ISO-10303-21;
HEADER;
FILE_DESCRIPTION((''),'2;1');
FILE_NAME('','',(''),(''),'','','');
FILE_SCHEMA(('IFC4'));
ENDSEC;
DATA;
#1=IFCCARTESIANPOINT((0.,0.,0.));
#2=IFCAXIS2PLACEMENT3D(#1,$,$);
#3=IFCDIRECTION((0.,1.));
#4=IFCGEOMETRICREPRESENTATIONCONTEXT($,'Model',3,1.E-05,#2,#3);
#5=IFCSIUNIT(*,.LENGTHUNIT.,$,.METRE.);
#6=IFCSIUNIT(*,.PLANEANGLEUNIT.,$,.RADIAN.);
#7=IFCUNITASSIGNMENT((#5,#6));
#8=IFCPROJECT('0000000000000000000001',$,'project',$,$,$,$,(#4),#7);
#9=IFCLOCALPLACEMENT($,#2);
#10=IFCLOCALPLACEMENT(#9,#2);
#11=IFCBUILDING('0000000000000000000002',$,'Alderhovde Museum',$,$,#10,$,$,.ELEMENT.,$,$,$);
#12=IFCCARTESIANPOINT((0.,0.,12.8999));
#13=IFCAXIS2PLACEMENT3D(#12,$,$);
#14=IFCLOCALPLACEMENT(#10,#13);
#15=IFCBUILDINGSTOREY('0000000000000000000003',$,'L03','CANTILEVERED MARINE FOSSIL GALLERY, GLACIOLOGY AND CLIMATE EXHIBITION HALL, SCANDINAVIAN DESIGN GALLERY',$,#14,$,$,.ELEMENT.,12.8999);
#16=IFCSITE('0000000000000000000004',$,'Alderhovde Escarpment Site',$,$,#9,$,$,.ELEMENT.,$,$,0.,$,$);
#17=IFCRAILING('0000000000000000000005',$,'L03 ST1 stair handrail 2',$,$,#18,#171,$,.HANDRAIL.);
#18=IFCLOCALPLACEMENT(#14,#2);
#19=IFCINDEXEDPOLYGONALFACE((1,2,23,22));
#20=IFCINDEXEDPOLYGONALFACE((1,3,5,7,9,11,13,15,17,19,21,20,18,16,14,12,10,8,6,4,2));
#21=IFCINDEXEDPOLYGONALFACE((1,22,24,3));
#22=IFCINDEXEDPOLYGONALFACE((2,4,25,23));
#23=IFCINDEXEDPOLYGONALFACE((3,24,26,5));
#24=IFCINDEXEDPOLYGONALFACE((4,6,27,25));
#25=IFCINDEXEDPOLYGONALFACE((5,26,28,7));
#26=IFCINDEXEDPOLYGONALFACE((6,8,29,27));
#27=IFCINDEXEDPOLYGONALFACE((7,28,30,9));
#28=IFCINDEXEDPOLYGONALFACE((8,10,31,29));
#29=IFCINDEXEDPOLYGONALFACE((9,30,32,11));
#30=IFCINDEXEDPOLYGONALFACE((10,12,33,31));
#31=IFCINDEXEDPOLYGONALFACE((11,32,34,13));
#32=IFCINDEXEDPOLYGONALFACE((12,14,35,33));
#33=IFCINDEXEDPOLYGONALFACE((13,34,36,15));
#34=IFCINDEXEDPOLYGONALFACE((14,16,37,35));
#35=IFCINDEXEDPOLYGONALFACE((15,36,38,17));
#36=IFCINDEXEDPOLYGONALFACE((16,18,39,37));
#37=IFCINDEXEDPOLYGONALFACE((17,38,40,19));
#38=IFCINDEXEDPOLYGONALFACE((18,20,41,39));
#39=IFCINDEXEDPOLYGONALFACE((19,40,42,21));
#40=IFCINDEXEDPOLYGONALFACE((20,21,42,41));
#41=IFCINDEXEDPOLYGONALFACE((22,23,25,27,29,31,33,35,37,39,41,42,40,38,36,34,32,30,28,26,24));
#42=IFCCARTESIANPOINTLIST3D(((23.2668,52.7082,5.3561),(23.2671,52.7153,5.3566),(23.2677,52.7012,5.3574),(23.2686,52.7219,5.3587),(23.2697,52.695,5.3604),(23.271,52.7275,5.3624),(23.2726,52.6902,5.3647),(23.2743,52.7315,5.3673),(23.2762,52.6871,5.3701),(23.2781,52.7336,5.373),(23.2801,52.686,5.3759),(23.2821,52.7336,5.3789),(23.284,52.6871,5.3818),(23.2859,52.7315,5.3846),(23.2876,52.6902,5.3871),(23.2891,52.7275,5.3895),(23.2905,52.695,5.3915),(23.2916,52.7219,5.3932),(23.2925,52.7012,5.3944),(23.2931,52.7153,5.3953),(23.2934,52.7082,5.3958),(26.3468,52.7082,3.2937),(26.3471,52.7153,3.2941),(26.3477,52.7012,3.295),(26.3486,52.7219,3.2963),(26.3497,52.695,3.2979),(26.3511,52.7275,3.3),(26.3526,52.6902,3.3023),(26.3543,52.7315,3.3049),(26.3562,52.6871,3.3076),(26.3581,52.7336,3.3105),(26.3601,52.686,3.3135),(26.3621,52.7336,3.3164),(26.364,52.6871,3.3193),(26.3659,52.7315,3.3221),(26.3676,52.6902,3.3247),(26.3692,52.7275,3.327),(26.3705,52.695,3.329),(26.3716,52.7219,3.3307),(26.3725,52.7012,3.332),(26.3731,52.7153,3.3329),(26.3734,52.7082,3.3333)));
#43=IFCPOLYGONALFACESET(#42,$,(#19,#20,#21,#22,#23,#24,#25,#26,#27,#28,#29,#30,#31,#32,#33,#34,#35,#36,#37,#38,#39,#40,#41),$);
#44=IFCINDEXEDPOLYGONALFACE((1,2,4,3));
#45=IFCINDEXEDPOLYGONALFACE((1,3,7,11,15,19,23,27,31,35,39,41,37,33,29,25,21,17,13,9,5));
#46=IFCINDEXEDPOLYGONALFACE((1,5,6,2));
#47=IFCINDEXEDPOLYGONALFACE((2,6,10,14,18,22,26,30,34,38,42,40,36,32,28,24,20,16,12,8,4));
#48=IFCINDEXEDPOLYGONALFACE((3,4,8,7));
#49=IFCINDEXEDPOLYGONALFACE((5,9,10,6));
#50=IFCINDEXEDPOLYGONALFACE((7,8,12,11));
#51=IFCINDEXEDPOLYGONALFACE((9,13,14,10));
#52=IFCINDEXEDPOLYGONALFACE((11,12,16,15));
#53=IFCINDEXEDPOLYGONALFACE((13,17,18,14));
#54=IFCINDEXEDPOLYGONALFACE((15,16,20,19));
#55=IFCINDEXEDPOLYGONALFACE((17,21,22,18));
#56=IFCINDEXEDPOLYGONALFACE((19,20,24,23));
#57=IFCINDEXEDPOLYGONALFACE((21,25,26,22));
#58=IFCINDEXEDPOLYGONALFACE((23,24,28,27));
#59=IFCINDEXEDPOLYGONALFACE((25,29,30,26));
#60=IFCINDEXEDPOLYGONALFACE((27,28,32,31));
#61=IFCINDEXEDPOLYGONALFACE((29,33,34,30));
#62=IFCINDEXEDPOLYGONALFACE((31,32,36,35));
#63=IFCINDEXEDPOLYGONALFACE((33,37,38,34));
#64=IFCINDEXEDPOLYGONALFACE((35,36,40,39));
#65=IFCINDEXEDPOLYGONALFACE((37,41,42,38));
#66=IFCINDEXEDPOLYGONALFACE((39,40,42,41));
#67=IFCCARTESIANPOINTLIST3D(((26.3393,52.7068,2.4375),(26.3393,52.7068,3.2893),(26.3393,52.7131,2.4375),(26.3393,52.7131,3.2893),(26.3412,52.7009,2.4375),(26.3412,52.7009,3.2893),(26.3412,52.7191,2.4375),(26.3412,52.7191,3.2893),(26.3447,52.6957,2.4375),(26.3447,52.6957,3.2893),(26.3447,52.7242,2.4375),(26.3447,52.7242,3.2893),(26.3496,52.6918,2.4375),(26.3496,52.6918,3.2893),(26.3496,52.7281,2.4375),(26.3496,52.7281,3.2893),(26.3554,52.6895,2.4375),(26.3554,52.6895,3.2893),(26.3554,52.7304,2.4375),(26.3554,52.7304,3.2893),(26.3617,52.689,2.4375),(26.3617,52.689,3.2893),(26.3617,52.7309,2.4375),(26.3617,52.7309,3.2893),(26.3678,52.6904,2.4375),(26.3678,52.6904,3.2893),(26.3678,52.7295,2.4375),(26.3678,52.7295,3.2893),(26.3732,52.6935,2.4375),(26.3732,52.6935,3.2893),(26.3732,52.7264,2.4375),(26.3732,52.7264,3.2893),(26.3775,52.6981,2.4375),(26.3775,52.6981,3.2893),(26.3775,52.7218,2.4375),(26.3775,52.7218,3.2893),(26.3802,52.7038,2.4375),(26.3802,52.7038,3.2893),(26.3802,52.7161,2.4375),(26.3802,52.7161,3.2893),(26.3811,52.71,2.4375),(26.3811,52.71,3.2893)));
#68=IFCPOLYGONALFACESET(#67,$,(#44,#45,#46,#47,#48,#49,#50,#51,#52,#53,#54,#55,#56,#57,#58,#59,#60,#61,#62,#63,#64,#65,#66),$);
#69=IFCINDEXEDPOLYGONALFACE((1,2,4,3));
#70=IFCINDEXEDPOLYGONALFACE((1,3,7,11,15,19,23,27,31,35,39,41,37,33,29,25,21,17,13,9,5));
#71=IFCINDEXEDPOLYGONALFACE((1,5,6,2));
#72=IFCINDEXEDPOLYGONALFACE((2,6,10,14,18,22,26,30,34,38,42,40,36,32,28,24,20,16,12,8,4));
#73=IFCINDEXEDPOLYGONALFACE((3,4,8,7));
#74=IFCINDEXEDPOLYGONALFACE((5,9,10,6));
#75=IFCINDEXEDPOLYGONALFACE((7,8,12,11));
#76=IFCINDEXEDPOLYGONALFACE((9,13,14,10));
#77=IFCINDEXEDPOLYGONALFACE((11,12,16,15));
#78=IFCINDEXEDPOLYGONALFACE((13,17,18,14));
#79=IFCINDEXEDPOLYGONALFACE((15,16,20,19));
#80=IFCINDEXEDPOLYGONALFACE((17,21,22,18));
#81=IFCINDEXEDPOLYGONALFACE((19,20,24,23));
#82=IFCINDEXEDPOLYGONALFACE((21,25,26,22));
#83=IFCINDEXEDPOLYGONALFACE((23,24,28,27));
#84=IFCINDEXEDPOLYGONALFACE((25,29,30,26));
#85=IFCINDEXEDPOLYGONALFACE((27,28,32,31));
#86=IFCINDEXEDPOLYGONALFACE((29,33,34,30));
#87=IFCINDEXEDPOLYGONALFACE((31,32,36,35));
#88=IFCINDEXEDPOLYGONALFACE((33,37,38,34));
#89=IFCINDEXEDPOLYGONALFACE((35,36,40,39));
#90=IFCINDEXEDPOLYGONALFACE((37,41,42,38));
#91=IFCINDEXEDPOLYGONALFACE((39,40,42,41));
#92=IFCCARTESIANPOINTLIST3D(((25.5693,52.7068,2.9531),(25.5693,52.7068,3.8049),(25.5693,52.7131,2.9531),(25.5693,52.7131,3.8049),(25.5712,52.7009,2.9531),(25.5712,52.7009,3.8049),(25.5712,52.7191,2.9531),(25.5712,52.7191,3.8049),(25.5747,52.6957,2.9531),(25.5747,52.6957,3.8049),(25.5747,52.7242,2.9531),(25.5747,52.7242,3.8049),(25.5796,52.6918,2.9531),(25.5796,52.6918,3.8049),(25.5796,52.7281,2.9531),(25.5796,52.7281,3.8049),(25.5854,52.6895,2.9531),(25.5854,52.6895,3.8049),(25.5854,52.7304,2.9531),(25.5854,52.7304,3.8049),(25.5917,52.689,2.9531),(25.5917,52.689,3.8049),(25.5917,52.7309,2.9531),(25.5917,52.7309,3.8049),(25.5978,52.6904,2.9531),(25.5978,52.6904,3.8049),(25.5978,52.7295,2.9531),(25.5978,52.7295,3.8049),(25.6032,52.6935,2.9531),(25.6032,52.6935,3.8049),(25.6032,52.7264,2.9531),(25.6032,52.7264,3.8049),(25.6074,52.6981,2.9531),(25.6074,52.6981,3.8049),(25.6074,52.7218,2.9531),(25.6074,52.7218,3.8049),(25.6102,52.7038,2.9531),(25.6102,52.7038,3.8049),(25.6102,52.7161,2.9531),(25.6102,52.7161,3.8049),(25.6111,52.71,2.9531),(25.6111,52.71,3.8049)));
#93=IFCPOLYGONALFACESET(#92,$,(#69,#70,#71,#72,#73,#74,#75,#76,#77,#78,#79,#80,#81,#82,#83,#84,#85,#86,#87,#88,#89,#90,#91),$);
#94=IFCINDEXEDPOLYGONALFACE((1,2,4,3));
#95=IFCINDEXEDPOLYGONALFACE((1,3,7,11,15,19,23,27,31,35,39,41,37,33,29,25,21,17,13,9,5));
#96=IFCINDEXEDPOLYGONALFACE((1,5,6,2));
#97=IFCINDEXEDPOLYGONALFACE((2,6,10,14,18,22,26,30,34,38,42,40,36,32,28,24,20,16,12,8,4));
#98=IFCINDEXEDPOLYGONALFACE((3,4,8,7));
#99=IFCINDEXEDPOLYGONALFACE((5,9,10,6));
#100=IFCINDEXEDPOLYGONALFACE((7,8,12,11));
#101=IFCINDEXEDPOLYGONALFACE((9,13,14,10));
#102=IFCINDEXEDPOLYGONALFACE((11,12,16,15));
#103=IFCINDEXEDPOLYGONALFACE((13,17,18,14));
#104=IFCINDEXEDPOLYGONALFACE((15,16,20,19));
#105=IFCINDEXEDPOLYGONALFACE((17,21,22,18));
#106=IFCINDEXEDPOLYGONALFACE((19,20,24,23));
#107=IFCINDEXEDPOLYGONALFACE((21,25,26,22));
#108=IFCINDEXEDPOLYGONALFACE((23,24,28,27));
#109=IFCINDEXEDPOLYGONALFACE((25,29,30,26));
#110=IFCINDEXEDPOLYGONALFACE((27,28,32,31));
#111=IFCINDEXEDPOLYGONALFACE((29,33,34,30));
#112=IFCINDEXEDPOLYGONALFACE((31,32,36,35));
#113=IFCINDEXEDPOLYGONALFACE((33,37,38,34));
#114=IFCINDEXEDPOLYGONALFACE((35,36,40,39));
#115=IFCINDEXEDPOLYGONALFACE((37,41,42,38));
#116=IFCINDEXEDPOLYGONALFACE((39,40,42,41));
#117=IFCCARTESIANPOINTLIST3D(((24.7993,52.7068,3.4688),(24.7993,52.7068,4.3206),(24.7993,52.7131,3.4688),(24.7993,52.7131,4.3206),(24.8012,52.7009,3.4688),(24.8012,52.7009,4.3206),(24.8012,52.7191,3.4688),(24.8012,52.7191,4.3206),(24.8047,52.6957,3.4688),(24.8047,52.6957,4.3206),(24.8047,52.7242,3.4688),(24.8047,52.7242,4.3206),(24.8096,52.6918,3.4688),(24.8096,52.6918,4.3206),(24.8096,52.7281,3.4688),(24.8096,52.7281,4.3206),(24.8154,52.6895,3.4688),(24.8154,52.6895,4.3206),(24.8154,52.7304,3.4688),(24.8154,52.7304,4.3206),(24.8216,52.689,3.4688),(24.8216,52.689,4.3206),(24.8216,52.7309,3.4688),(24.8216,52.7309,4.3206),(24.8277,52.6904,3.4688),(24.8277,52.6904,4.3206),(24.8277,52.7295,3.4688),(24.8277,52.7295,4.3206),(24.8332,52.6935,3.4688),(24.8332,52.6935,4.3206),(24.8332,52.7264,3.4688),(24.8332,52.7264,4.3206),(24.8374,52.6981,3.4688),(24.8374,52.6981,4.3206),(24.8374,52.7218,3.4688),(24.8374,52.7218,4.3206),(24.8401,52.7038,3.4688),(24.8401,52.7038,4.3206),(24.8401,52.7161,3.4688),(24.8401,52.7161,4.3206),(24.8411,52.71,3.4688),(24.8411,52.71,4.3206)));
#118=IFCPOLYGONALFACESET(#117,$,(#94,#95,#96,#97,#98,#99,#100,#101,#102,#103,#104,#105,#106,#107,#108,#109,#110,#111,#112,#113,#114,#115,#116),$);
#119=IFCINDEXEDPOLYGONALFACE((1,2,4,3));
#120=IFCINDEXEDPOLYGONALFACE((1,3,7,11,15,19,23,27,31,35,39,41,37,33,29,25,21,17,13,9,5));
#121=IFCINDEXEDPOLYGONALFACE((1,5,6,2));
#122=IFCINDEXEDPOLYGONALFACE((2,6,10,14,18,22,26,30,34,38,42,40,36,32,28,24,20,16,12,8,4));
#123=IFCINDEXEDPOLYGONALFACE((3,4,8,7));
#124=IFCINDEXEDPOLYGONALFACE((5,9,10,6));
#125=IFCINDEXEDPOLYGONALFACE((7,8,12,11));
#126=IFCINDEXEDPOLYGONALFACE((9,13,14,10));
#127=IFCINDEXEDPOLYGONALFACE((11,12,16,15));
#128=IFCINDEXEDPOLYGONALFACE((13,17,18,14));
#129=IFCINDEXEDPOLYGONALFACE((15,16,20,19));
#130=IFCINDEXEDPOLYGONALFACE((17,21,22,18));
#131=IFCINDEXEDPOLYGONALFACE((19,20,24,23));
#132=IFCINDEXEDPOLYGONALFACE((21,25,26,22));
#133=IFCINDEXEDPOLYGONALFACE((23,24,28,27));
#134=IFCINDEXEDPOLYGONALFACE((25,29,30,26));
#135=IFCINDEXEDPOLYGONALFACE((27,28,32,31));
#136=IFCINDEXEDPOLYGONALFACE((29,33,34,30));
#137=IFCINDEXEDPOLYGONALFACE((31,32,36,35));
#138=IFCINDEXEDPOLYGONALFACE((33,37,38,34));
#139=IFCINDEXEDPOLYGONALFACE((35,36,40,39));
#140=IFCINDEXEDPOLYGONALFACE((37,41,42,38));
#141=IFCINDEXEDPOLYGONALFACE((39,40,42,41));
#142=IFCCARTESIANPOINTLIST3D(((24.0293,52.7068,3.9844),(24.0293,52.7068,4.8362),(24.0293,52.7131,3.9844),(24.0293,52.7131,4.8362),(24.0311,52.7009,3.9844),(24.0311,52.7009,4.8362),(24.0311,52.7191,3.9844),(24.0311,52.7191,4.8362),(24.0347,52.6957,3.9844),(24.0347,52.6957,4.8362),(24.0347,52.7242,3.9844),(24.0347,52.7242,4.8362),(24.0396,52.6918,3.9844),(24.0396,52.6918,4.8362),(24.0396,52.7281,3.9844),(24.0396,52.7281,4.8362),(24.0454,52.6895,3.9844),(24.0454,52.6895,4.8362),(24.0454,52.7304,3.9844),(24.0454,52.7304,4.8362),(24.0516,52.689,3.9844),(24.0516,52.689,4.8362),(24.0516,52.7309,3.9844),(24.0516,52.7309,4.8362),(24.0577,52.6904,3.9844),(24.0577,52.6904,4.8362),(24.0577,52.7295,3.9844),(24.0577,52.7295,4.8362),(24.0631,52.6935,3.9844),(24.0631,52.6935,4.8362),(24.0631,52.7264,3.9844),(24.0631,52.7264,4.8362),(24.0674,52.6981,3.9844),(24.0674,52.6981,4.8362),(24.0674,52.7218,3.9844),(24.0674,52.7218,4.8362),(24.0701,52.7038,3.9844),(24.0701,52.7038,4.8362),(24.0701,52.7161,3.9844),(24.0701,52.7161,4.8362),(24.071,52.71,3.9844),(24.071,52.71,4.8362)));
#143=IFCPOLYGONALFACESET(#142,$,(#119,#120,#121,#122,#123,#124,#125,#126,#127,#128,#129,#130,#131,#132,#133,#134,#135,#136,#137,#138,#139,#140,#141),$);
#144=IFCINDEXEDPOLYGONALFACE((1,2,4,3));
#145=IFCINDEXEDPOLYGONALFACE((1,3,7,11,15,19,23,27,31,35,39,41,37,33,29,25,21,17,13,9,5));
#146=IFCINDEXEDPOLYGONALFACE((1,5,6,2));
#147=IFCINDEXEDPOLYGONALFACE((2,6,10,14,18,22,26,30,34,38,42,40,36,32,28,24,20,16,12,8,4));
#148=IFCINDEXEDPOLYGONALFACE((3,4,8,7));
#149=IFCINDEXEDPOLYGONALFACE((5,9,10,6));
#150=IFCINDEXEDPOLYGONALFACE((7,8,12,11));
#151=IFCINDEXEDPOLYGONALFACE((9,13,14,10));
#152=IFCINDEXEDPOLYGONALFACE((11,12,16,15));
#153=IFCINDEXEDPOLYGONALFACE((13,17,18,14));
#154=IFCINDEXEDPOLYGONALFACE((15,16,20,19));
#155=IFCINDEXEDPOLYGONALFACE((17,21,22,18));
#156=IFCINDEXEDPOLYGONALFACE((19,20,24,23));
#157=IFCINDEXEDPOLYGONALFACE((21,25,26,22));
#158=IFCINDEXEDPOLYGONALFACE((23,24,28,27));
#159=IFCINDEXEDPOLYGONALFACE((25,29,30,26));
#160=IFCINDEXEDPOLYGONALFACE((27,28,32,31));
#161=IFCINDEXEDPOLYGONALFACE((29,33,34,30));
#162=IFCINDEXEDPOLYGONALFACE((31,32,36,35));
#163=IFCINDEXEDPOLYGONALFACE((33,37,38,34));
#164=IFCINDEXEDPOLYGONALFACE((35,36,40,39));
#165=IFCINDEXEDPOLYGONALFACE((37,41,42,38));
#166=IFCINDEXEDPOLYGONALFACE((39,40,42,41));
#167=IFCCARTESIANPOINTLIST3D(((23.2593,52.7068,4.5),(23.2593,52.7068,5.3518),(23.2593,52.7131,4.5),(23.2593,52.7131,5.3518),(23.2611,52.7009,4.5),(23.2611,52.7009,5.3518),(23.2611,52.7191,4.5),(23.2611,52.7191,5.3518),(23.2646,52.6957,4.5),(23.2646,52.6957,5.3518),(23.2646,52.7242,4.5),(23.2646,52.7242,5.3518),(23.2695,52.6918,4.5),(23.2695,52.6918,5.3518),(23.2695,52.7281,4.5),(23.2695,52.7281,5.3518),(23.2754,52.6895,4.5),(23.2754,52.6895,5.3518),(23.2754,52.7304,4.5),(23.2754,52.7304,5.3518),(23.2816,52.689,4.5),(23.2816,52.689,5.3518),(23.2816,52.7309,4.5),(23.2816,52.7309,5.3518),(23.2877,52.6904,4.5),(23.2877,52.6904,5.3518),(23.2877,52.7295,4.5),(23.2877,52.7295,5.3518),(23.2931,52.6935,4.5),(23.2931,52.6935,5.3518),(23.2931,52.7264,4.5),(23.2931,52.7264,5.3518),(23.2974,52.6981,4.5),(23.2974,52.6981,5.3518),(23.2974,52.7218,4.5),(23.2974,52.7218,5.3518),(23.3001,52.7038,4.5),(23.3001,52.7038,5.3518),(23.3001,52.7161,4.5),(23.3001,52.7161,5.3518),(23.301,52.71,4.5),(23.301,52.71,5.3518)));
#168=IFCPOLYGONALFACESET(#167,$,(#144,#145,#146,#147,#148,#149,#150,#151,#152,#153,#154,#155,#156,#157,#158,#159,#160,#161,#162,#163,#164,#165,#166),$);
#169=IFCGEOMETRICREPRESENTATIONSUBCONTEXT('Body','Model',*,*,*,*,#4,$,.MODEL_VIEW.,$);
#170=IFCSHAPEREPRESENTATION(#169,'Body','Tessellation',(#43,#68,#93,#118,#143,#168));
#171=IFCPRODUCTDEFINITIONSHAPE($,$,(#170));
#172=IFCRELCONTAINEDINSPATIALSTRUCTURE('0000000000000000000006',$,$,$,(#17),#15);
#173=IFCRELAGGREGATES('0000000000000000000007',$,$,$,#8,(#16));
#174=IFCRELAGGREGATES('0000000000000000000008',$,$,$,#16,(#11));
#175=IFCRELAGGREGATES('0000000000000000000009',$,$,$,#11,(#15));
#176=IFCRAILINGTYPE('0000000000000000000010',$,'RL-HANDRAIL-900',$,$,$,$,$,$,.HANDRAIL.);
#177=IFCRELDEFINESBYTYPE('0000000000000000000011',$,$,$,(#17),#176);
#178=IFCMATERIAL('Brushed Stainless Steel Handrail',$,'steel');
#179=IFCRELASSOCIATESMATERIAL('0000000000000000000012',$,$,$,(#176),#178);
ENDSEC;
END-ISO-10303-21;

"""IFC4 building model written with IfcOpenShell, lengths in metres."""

from ifc_helpers import new_model, si_unit, direction, frame, origin, origin_2d, place, context, subcontext, project, spatial, circle, extrude, material, type_object, element, save


model = new_model("IFC4")

# Units and contexts
model_context = context("Model", 3, precision=1e-05, world=origin(), true_north=direction((0.0, 1.0)))
body_context = subcontext(model_context, "Body", "Model", "MODEL_VIEW")
ifc_project = project(units=[si_unit("LENGTHUNIT", "METRE"), si_unit("PLANEANGLEUNIT", "RADIAN")], contexts=[model_context])

# Site, building, storey
site_placement = place(None, origin())
site = spatial("IfcSite", under=ifc_project, at=site_placement, Name="Alderhovde Escarpment Site", CompositionType="ELEMENT", RefElevation=0.0)
building_placement = place(site_placement, origin())
building = spatial("IfcBuilding", under=site, at=building_placement, Name="Alderhovde Museum", CompositionType="ELEMENT")
storey_placement = place(building_placement, frame((0.0, 0.0, 12.8999)))
storey = spatial("IfcBuildingStorey", under=building, at=storey_placement, Name="L03", Description="CANTILEVERED MARINE FOSSIL GALLERY, GLACIOLOGY AND CLIMATE EXHIBITION HALL, SCANDINAVIAN DESIGN GALLERY", CompositionType="ELEMENT", Elevation=12.8999)

# Railing
ifc_material_1 = material(Name="Brushed Stainless Steel Handrail", Category="steel")
railing_type = type_object("IfcRailingType", Name="RL-HANDRAIL-900", PredefinedType="HANDRAIL", material=ifc_material_1)
railing_placement = place(storey_placement, frame((26.3601, 52.71, 2.4375)))
element("IfcRailing", 1, at=railing_placement, inside=storey, type_object=railing_type, Name="L03 ST1 stair handrail 2", PredefinedType="HANDRAIL", context=body_context, shape_type="SweptSolid", body=[
    extrude(circle(Radius=0.0239, at=origin_2d()), frame((0.0, 0.0, 0.876), z_axis=(-0.830914, 0.0, 0.556401), x_axis=(0.0, -1.0, 0.0)), (0.0, 0.0, 1.0), 3.7068),
    extrude(circle(Radius=0.021, at=origin_2d()), origin(), (0.0, 0.0, 1.0), 0.8518),
    extrude(circle(Radius=0.021, at=origin_2d()), frame((-0.77, 0.0, 0.5156)), (0.0, 0.0, 1.0), 0.8518),
    extrude(circle(Radius=0.021, at=origin_2d()), frame((-1.54, 0.0, 1.0312)), (0.0, 0.0, 1.0), 0.8518),
    extrude(circle(Radius=0.021, at=origin_2d()), frame((-2.3101, 0.0, 1.5469)), (0.0, 0.0, 1.0), 0.8518),
    extrude(circle(Radius=0.021, at=origin_2d()), frame((-3.0801, 0.0, 2.0625)), (0.0, 0.0, 1.0), 0.8518),
])

save(model, "model.ifc")
